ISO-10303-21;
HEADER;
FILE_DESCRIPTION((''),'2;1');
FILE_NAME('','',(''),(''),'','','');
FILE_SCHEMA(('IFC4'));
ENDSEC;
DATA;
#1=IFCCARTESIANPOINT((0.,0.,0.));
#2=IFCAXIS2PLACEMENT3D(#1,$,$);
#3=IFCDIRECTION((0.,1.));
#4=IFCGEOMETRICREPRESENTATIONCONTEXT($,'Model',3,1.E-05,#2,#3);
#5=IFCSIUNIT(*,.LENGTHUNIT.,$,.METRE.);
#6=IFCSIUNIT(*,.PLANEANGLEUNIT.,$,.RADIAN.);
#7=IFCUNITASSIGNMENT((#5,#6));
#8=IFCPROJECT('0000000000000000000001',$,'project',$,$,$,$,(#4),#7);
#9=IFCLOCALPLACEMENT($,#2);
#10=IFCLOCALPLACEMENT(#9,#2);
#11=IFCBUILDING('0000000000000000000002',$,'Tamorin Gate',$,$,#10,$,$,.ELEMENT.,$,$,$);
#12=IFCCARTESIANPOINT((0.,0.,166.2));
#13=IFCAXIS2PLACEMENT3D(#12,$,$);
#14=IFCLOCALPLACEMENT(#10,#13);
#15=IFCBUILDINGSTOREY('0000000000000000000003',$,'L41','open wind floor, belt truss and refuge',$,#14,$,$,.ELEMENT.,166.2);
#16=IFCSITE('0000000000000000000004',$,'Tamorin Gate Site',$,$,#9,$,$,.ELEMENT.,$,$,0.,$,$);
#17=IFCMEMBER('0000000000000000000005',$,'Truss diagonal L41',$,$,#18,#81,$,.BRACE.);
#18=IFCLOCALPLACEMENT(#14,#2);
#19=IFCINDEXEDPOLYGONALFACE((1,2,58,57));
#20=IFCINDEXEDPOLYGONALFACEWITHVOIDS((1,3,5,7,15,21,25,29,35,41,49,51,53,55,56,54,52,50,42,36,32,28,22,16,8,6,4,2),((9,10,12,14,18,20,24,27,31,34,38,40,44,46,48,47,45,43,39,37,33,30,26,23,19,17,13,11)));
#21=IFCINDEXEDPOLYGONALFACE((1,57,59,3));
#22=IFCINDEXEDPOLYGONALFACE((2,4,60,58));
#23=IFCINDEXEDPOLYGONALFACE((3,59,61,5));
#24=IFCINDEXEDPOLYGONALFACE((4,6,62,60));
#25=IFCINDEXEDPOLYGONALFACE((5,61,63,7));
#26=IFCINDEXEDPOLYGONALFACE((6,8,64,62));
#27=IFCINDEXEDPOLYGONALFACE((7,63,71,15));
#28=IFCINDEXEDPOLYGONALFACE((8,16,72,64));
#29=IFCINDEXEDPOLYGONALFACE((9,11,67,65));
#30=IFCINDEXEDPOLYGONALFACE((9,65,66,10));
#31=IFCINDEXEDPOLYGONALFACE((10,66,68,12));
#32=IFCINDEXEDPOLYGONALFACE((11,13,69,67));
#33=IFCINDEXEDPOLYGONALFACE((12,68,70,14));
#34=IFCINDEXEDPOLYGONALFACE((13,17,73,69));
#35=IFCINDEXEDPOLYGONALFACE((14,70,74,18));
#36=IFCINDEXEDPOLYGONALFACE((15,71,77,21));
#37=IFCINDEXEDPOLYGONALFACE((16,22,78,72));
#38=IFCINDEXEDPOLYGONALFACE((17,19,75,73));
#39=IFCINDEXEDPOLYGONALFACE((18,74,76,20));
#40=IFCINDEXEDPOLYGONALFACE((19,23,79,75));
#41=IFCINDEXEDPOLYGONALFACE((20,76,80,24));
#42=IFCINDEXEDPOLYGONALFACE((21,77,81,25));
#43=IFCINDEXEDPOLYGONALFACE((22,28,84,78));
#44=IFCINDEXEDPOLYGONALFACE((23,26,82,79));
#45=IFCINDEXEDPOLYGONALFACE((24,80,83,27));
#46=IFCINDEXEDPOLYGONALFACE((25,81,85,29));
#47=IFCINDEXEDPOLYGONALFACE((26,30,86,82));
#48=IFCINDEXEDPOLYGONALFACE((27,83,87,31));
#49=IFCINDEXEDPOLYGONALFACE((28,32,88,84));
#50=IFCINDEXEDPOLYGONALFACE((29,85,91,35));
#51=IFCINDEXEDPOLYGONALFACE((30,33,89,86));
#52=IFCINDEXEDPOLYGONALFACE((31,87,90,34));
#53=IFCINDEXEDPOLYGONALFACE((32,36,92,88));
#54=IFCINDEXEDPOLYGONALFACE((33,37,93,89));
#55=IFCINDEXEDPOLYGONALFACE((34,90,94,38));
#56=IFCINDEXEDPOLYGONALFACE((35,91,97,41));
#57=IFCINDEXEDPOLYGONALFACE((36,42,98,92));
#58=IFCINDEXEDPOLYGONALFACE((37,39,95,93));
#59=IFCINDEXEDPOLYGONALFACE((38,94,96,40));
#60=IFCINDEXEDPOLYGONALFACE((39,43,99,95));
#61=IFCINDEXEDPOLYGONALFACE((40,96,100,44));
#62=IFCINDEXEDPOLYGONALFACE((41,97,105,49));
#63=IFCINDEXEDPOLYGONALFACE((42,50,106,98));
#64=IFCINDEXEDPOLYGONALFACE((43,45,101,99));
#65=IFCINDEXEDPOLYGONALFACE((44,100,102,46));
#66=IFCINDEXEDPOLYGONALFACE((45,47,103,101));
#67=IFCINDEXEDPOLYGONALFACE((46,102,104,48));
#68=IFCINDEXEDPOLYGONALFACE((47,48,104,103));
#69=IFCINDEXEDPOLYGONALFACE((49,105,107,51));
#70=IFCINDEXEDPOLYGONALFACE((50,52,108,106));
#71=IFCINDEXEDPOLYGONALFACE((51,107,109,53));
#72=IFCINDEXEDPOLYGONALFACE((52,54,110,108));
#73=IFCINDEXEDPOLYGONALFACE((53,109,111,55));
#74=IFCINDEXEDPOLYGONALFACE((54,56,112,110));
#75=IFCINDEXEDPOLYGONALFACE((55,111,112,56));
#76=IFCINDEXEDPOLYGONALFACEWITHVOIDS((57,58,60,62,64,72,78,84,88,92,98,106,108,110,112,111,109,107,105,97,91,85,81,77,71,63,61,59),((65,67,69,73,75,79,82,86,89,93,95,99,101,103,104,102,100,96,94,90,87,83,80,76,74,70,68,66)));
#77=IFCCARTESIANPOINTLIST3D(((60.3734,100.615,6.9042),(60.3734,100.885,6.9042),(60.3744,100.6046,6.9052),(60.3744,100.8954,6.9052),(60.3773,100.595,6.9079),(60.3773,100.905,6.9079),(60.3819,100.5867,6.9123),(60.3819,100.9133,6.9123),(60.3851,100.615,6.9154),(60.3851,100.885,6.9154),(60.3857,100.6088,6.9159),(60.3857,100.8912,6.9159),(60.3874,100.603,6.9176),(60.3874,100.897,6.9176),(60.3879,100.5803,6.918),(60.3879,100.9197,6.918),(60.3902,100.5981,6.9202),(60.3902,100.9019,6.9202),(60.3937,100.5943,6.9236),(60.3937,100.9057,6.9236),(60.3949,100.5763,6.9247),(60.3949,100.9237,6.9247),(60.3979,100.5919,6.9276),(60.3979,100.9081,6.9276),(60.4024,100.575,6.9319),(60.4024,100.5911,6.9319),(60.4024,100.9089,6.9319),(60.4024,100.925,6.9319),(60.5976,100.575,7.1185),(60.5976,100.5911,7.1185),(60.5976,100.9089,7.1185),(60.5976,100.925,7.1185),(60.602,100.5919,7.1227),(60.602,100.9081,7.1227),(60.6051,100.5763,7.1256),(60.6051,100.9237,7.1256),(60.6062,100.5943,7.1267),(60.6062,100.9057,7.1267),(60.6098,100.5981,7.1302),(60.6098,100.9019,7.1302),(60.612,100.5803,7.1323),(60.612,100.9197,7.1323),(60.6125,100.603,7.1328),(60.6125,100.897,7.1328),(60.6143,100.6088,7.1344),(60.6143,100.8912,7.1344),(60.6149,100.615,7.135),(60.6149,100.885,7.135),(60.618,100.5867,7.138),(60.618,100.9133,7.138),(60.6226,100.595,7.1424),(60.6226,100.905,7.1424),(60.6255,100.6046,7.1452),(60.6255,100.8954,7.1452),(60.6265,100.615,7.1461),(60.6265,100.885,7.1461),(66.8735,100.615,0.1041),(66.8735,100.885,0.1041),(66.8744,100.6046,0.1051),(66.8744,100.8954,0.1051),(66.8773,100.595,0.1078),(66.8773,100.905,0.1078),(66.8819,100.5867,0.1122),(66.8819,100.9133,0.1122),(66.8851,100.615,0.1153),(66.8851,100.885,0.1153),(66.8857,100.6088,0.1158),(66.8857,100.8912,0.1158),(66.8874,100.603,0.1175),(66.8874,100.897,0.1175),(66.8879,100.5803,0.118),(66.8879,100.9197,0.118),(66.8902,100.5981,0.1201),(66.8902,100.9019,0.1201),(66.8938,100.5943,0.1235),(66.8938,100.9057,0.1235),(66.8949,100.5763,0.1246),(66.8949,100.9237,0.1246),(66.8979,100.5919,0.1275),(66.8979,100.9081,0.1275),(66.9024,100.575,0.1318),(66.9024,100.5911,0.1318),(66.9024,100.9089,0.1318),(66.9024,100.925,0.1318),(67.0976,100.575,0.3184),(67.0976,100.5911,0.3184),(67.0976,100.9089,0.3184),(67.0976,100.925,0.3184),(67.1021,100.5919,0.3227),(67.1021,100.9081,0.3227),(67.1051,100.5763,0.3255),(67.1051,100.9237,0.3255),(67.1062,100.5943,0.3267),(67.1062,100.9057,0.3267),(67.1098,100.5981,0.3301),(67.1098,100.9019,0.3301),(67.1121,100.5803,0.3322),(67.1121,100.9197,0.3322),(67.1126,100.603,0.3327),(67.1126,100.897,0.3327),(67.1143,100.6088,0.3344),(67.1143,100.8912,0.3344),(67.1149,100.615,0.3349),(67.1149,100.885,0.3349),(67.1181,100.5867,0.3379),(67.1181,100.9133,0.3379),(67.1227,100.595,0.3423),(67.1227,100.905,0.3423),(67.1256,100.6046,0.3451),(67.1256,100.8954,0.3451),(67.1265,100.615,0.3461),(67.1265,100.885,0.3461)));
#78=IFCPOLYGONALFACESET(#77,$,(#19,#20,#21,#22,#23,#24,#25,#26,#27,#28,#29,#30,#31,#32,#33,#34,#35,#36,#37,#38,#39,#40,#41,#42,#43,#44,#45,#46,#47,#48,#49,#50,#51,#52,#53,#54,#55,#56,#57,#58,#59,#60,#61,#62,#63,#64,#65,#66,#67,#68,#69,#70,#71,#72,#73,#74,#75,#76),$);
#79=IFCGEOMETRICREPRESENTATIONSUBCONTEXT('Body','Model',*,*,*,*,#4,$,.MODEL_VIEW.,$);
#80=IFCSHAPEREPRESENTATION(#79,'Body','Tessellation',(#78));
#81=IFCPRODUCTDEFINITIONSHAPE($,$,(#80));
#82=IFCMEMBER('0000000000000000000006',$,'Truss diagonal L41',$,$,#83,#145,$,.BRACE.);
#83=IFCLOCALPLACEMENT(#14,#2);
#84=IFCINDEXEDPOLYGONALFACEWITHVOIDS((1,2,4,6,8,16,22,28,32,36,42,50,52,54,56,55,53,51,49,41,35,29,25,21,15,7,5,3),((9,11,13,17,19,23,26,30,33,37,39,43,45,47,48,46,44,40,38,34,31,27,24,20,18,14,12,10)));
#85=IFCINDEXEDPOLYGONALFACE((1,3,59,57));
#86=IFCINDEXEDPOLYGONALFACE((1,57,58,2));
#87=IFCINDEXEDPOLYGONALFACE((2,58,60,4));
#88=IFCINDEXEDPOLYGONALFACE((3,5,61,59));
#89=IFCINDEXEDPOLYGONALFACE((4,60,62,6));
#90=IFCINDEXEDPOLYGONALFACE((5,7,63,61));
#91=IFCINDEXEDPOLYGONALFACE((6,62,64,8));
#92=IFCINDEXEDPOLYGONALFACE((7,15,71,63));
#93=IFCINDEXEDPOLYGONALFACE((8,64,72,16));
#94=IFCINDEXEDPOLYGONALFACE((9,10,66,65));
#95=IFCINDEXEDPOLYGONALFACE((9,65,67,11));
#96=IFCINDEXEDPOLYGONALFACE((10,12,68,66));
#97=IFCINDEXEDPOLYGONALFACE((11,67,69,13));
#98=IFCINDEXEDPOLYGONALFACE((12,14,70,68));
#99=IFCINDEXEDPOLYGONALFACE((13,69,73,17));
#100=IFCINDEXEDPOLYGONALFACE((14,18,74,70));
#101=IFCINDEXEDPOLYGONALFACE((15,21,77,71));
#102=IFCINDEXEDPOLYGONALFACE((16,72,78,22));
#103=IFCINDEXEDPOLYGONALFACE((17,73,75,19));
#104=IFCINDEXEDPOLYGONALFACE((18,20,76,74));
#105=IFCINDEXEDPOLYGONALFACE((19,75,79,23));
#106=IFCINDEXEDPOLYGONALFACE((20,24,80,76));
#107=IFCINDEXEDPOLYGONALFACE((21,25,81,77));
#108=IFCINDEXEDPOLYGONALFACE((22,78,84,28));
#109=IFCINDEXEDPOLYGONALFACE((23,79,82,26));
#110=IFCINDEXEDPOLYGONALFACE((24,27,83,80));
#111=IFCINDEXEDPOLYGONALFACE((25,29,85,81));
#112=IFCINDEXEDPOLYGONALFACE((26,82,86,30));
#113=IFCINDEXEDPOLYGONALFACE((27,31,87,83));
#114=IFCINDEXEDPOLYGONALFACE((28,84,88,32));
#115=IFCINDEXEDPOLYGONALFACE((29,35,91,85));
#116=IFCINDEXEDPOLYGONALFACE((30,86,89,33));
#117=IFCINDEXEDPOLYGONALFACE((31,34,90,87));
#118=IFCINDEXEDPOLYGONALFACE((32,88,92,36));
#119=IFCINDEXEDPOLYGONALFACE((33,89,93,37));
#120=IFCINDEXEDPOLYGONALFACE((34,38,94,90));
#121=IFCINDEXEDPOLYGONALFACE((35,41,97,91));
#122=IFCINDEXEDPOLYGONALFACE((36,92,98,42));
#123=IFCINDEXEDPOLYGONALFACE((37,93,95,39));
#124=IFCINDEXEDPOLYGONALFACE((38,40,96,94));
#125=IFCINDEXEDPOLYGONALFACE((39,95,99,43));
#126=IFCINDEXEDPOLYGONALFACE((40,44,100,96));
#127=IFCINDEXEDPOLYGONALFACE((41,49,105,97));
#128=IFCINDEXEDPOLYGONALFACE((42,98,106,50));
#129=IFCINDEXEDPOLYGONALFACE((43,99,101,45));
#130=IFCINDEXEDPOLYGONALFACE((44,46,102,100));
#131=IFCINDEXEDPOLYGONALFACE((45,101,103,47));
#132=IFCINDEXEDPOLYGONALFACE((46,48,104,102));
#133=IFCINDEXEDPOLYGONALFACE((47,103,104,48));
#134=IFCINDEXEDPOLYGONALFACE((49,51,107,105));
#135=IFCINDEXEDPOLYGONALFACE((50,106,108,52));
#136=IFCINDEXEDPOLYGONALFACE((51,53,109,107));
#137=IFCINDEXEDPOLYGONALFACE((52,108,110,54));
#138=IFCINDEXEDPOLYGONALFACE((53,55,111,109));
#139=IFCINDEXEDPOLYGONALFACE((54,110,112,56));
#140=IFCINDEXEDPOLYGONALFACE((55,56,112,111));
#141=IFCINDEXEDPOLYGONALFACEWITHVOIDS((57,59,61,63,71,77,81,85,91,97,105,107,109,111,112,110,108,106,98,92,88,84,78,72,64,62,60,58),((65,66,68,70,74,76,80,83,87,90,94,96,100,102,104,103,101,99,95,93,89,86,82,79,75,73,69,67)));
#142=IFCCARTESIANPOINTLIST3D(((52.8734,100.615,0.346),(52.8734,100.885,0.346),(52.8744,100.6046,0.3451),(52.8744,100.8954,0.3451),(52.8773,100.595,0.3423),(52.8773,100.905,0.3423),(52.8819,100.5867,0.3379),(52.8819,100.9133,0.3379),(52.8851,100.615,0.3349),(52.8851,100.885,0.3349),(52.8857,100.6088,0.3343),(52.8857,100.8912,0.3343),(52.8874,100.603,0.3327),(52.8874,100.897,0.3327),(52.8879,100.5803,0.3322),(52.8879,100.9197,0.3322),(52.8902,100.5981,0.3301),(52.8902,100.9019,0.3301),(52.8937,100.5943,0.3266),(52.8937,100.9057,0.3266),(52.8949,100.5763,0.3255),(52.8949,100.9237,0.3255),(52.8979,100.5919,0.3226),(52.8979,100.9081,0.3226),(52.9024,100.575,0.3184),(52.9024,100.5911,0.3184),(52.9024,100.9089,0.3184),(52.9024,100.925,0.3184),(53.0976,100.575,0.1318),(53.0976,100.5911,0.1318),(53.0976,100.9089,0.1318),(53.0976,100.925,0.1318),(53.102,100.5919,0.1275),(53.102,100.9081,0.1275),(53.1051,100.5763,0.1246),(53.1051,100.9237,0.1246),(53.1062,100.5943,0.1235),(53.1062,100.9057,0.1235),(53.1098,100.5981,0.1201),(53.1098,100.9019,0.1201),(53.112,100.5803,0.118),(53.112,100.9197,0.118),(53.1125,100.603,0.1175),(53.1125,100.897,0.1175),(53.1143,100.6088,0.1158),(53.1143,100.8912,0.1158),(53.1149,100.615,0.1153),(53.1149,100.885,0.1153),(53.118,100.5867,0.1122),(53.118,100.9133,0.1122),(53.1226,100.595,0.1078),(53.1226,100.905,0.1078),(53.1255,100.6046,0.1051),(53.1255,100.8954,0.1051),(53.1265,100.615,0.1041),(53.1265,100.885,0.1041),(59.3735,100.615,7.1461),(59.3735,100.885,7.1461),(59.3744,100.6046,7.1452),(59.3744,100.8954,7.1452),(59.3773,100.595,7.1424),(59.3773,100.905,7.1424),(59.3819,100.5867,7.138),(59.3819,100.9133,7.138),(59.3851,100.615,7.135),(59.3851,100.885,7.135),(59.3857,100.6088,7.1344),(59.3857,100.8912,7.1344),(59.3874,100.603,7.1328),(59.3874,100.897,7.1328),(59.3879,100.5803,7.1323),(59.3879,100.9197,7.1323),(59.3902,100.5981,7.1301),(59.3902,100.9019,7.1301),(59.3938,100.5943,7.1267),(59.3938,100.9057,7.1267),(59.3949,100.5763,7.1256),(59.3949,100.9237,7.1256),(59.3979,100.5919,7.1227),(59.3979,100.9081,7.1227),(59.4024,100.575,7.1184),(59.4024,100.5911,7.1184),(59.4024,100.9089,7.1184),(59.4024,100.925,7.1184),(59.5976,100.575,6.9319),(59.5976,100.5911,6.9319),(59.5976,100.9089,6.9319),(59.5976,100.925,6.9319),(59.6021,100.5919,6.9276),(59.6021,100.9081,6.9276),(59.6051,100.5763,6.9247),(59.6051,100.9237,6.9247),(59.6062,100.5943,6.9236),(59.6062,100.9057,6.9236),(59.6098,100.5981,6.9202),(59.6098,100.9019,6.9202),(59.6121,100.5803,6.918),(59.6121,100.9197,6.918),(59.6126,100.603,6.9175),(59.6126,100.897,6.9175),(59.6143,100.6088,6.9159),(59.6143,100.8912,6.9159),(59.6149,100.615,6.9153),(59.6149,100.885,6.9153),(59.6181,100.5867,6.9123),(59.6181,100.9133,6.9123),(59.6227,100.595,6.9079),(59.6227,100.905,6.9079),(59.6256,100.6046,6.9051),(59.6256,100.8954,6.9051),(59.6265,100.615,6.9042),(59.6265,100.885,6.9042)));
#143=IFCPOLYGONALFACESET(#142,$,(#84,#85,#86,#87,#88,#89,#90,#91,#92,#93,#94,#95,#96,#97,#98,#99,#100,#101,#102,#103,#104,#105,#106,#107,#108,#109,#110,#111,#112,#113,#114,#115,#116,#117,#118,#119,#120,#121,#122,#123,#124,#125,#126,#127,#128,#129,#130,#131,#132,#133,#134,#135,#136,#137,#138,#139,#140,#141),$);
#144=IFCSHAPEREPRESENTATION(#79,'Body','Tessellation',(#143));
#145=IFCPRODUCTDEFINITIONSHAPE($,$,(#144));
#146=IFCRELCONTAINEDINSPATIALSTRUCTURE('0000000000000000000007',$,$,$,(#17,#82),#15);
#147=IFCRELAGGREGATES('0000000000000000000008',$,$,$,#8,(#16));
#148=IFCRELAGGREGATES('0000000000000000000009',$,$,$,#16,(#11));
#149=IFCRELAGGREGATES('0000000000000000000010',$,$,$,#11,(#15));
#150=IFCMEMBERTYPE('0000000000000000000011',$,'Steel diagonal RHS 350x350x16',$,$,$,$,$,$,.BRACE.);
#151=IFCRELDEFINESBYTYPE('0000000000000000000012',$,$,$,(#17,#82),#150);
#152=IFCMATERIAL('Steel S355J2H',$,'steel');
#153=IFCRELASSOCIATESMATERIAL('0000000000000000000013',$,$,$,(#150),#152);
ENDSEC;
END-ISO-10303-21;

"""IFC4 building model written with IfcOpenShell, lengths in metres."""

from ifc_helpers import new_model, si_unit, direction, frame, origin, origin_2d, place, context, subcontext, project, spatial, hollow_rectangle, extrude, material, material_profile, profile_set, type_object, element, save


model = new_model("IFC4")

# Units and contexts
model_context = context("Model", 3, precision=1e-05, world=origin(), true_north=direction((0.0, 1.0)))
body_context = subcontext(model_context, "Body", "Model", "MODEL_VIEW")
ifc_project = project(units=[si_unit("LENGTHUNIT", "METRE"), si_unit("PLANEANGLEUNIT", "RADIAN")], contexts=[model_context])

# Site, building, storey
site_placement = place(None, origin())
site = spatial("IfcSite", under=ifc_project, at=site_placement, Name="Tamorin Gate Site", CompositionType="ELEMENT", RefElevation=0.0)
building_placement = place(site_placement, origin())
building = spatial("IfcBuilding", under=site, at=building_placement, Name="Tamorin Gate", CompositionType="ELEMENT")
storey_placement = place(building_placement, frame((0.0, 0.0, 166.2)))
storey = spatial("IfcBuildingStorey", under=building, at=storey_placement, Name="L41", Description="open wind floor, belt truss and refuge", CompositionType="ELEMENT", Elevation=166.2)

# Members
ifc_material_1 = material(Name="Steel S355J2H", Category="steel")
ifc_material_profile_1 = material_profile(ifc_material_1, hollow_rectangle(XDim=0.3501, YDim=0.3501, WallThickness=0.0161, InnerFilletRadius=0.0239, OuterFilletRadius=0.04, at=origin_2d()), Name="RHS 350x350x16")
ifc_profile_set_1 = profile_set([ifc_material_profile_1], Name="Steel S355J2H")
member_type_1 = type_object("IfcMemberType", Name="Steel diagonal RHS 350x350x16", PredefinedType="BRACE", material=ifc_profile_set_1)
for number, where, z_axis, x_axis, name in (
    (1, (67.0, 100.75, 0.2251), (-0.690979, 0.0, 0.722875), (0.0, -1.0, 0.0), "Truss diagonal L41"),
    (2, (59.5, 100.75, 7.0251), (-0.690979, 0.0, -0.722875), (0.0, -1.0, 0.0), "Truss diagonal L41"),
):
    element("IfcMember", number, at=place(storey_placement, frame(where, z_axis=z_axis, x_axis=x_axis)), inside=storey, type_object=member_type_1, Name=name, PredefinedType="BRACE", context=body_context, shape_type="SweptSolid", body=[
        extrude(hollow_rectangle(XDim=0.3501, YDim=0.3501, WallThickness=0.0161, InnerFilletRadius=0.0239, OuterFilletRadius=0.04, at=origin_2d()), origin(), (0.0, 0.0, 1.0), 9.407),
    ])

save(model, "model.ifc")
